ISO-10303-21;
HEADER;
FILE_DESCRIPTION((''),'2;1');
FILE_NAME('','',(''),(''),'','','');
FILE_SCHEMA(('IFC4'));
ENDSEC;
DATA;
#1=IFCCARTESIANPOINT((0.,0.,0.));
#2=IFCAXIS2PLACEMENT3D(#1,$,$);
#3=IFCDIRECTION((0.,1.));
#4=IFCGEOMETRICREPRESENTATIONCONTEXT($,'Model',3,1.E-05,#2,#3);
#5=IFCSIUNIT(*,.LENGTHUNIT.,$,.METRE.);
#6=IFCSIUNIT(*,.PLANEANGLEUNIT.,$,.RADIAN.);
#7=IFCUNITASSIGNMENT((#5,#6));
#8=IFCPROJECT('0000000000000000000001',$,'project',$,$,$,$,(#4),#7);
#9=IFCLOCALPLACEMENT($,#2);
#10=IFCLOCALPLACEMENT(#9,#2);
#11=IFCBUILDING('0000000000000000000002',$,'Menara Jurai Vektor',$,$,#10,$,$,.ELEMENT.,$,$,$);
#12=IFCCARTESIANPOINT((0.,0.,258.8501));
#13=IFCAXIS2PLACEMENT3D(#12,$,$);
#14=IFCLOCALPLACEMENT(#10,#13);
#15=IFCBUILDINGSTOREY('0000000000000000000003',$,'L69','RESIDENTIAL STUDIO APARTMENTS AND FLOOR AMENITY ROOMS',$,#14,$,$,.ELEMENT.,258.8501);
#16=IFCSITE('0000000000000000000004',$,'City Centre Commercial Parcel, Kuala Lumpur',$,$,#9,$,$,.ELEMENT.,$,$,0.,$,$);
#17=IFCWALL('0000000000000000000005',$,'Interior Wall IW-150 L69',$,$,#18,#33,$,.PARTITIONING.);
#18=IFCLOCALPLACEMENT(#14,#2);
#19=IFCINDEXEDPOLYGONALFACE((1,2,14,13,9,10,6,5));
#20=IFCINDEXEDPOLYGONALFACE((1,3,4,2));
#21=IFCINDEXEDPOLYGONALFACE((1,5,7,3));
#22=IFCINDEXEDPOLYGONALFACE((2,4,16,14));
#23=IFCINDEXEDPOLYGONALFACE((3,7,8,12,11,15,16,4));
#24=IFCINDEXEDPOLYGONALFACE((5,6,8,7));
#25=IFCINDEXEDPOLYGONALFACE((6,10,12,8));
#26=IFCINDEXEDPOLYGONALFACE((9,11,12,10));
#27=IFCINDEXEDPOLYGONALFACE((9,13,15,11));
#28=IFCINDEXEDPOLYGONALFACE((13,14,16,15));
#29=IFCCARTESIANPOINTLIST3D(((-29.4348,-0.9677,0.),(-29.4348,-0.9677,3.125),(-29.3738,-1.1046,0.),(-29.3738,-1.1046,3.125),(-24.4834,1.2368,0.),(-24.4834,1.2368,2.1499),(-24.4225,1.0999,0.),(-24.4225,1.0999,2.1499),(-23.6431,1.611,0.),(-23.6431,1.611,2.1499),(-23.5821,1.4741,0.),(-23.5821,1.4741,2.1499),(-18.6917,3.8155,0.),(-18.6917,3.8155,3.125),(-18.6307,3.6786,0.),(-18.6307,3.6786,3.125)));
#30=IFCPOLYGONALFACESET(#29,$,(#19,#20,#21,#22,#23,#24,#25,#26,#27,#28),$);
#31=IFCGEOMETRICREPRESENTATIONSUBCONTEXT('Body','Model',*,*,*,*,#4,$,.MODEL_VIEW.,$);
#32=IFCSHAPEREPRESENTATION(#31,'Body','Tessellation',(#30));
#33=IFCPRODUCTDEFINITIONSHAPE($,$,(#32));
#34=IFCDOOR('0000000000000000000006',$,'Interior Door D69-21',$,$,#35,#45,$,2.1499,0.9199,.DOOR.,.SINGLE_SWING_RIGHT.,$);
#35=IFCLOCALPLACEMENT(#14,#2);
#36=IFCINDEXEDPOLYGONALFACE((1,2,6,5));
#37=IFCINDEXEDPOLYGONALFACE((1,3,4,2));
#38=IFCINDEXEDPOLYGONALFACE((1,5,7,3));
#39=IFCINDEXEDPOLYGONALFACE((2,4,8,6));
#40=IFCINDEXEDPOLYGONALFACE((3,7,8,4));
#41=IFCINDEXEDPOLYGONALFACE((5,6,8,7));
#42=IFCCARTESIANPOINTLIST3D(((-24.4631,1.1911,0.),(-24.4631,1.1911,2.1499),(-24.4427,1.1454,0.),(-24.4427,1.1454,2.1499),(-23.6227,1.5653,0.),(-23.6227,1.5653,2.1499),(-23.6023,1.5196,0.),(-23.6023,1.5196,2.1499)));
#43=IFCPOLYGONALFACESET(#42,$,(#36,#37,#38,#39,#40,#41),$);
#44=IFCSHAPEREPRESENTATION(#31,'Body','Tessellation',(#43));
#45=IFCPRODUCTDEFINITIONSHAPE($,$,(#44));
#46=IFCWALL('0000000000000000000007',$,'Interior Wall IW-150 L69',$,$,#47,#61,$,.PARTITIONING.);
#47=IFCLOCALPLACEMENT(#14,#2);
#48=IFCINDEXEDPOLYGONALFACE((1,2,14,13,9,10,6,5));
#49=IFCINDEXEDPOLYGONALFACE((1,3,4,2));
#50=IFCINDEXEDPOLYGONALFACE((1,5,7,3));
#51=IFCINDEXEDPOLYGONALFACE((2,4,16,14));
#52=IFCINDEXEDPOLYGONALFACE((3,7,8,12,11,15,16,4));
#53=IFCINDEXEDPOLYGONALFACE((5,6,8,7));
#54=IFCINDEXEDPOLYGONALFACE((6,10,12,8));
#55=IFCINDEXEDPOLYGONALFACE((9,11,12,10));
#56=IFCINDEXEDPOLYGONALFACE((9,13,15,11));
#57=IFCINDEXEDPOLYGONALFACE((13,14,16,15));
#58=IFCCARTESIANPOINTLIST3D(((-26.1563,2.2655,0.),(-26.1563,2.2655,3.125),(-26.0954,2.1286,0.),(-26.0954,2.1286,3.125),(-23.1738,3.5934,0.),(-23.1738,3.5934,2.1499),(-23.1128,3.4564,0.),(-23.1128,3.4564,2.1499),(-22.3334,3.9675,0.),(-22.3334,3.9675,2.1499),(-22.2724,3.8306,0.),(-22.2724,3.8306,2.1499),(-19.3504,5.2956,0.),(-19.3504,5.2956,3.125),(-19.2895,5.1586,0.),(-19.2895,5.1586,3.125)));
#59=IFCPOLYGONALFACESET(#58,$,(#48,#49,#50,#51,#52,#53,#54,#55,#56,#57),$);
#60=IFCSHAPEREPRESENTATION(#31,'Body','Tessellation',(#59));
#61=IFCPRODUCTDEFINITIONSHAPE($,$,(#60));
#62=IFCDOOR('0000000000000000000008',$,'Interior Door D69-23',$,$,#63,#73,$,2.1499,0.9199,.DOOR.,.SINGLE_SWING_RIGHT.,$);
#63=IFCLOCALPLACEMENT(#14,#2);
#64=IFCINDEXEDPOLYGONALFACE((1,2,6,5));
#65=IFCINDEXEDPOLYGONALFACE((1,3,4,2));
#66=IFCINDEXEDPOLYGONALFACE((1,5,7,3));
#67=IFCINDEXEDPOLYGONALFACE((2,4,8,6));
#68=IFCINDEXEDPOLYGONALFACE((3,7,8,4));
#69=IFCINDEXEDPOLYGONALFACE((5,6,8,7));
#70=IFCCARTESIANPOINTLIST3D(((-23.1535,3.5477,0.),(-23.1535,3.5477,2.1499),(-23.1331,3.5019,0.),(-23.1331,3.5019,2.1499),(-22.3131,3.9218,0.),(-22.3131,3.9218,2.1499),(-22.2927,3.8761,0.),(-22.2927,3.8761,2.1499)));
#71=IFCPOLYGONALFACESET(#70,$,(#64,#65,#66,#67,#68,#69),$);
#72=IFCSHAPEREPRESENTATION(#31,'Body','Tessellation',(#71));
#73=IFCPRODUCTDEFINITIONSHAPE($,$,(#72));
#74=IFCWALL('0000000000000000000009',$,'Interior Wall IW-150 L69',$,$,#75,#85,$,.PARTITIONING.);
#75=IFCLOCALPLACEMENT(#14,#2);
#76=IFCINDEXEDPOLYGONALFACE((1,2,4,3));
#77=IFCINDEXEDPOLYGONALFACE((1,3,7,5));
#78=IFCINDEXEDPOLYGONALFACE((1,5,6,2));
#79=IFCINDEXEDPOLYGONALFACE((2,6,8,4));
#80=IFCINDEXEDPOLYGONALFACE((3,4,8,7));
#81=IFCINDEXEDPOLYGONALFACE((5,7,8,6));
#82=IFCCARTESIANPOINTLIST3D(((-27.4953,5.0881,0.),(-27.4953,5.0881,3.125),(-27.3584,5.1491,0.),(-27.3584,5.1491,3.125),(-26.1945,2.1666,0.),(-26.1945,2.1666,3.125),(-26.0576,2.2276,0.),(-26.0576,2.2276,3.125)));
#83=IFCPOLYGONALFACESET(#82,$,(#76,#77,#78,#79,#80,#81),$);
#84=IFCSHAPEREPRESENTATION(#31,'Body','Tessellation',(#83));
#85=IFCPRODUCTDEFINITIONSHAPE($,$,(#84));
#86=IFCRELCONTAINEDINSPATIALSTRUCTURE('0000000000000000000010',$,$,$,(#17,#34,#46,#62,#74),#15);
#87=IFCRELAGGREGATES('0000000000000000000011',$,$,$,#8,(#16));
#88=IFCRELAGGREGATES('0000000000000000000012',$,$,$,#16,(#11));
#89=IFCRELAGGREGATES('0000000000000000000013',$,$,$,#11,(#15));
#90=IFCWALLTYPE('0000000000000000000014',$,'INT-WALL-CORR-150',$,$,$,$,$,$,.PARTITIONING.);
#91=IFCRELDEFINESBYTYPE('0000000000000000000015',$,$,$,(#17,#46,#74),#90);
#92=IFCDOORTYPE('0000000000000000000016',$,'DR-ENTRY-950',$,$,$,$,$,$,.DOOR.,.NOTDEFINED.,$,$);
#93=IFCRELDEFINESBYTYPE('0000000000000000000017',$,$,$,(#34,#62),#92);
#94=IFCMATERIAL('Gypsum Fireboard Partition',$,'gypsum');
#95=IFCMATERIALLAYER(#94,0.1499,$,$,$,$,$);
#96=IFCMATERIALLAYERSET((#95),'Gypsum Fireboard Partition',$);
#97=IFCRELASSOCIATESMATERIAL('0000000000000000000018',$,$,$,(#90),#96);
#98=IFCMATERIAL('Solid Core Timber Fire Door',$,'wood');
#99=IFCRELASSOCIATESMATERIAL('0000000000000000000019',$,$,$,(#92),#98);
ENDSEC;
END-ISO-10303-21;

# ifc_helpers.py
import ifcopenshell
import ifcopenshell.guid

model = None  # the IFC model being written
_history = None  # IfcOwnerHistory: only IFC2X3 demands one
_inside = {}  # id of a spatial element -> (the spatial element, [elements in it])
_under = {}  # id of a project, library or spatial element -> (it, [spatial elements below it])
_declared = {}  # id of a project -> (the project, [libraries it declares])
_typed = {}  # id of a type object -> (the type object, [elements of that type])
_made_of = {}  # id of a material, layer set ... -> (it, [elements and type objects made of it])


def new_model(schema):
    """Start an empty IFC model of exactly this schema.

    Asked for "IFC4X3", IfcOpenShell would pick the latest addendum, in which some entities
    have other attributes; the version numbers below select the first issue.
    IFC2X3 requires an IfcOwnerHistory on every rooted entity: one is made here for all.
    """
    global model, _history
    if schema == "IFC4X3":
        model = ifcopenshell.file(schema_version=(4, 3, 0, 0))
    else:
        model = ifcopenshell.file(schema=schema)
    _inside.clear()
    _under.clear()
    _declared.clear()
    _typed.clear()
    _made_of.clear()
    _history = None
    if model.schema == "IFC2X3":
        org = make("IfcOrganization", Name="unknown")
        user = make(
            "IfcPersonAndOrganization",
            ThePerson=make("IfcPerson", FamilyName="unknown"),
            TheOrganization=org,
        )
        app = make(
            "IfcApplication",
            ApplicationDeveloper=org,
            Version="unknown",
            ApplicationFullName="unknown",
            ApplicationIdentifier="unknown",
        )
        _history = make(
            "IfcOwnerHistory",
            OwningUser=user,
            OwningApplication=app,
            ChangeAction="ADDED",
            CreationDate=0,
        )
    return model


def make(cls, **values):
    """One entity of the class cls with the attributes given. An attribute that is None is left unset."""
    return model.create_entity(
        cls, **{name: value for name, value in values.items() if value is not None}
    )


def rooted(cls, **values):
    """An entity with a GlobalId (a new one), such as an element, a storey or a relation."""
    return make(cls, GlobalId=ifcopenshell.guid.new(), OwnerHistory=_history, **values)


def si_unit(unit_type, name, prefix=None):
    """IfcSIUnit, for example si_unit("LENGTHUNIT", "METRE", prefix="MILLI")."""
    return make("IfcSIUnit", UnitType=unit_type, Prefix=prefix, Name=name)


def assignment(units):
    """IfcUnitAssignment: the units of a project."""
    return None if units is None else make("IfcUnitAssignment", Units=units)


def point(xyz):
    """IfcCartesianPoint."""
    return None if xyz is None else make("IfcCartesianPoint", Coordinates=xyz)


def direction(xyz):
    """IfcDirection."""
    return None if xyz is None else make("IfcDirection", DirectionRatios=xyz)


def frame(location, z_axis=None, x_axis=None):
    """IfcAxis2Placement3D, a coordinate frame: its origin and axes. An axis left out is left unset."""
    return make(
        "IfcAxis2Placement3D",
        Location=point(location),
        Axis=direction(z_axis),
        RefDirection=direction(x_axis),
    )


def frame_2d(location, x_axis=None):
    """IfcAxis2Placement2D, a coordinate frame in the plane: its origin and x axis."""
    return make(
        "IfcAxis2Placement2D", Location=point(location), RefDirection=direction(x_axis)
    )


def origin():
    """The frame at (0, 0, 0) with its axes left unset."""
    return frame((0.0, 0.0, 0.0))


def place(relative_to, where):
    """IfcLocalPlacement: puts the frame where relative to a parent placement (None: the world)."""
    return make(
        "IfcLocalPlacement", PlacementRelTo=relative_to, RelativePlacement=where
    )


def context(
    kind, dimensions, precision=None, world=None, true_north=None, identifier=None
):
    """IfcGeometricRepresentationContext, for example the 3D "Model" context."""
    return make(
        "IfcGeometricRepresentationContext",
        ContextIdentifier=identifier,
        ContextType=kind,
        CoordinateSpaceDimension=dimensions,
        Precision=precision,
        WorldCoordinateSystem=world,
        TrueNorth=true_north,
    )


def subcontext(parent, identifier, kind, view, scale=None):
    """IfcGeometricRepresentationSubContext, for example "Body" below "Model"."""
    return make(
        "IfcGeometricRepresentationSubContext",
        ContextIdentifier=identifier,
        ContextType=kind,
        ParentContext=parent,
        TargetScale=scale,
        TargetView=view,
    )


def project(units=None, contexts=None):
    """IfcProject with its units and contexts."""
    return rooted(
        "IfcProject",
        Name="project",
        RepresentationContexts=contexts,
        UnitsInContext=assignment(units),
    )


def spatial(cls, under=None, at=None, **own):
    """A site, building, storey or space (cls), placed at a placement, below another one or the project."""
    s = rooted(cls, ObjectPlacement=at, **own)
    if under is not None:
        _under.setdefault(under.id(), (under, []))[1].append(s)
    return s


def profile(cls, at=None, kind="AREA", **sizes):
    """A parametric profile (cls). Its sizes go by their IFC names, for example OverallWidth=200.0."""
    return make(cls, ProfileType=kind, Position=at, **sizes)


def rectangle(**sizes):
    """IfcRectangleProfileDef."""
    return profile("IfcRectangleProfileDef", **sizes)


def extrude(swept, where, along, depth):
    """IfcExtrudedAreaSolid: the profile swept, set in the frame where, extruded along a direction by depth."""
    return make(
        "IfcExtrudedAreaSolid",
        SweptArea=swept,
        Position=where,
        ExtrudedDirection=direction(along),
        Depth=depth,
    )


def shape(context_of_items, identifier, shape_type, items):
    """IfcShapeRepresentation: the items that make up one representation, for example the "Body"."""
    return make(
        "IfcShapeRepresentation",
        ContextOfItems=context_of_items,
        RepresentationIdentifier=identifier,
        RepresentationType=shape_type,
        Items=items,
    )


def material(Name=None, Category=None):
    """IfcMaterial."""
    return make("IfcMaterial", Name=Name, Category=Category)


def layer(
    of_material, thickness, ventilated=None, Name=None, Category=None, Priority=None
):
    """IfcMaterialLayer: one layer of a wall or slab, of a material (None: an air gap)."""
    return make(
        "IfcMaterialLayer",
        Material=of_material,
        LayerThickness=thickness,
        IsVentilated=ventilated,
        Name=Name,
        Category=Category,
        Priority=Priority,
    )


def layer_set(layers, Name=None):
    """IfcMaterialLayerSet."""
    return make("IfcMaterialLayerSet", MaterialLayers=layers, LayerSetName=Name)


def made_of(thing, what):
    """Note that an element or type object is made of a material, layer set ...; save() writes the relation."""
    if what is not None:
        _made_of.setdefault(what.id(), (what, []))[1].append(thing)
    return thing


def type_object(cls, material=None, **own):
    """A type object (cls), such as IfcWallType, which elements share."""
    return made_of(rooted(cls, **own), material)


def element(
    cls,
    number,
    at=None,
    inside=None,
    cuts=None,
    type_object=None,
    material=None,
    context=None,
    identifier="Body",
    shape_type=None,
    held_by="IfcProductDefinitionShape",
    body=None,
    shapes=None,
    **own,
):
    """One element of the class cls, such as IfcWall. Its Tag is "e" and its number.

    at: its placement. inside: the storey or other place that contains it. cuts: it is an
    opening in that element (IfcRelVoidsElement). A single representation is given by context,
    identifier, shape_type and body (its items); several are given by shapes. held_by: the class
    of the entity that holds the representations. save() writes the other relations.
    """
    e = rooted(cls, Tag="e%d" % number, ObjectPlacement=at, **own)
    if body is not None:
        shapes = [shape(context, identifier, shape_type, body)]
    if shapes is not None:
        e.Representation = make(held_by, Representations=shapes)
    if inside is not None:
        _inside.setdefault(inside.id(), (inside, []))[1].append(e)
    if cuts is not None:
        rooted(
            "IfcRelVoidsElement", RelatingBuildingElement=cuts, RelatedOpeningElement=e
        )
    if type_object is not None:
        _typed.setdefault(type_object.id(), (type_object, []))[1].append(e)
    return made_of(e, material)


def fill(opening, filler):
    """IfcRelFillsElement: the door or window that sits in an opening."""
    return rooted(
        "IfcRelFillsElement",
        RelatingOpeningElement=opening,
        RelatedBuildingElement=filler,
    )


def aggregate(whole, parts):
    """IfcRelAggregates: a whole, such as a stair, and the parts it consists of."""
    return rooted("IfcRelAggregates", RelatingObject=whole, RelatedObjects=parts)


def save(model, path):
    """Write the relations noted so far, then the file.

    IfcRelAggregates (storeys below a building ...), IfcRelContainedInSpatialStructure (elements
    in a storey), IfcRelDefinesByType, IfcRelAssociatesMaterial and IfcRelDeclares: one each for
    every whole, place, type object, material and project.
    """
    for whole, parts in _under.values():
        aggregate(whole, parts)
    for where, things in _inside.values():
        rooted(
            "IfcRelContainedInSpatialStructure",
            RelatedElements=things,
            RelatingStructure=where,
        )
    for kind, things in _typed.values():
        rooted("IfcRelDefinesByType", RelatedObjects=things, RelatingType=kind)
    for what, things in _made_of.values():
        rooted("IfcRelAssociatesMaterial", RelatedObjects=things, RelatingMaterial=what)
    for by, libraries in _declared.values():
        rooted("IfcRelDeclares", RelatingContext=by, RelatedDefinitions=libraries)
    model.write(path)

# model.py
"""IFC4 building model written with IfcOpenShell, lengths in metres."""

from ifc_helpers import new_model, si_unit, direction, frame, frame_2d, origin, place, context, subcontext, project, spatial, rectangle, extrude, material, layer, layer_set, type_object, element, fill, save


model = new_model("IFC4")

# Units and contexts
model_context = context("Model", 3, precision=1e-05, world=origin(), true_north=direction((0.0, 1.0)))
body_context = subcontext(model_context, "Body", "Model", "MODEL_VIEW")
ifc_project = project(units=[si_unit("LENGTHUNIT", "METRE"), si_unit("PLANEANGLEUNIT", "RADIAN")], contexts=[model_context])

# Site, building, storey
site_placement = place(None, origin())
site = spatial("IfcSite", under=ifc_project, at=site_placement, Name="City Centre Commercial Parcel, Kuala Lumpur", CompositionType="ELEMENT", RefElevation=0.0)
building_placement = place(site_placement, origin())
building = spatial("IfcBuilding", under=site, at=building_placement, Name="Menara Jurai Vektor", CompositionType="ELEMENT")
storey_placement = place(building_placement, frame((0.0, 0.0, 258.8501)))
storey = spatial("IfcBuildingStorey", under=building, at=storey_placement, Name="L69", Description="RESIDENTIAL STUDIO APARTMENTS AND FLOOR AMENITY ROOMS", CompositionType="ELEMENT", Elevation=258.8501)

# Walls, openings, doors
ifc_material_1 = material(Name="Gypsum Fireboard Partition", Category="gypsum")
ifc_layer_1 = layer(ifc_material_1, 0.1499)
ifc_layer_set_1 = layer_set([ifc_layer_1], Name="Gypsum Fireboard Partition")
wall_type = type_object("IfcWallType", Name="INT-WALL-CORR-150", PredefinedType="PARTITIONING", material=ifc_layer_set_1)
wall_1_placement = place(storey_placement, frame((-29.4043, -1.0361, 0.0), z_axis=(0.0, 0.0, 1.0), x_axis=(0.913544, 0.406739, 0.0)))
wall_1 = element("IfcWall", 1, at=wall_1_placement, inside=storey, type_object=wall_type, Name="Interior Wall IW-150 L69", PredefinedType="PARTITIONING", context=body_context, shape_type="SweptSolid", body=[
    extrude(rectangle(XDim=11.7598, YDim=0.1499, at=frame_2d((5.8799, 0.0))), origin(), (0.0, 0.0, 1.0), 3.125),
])
opening_1_placement = place(wall_1_placement, frame((5.4199, 0.0, 0.0)))
opening_1 = element("IfcOpeningElement", 2, at=opening_1_placement, cuts=wall_1, PredefinedType="OPENING", context=body_context, shape_type="SweptSolid", body=[
    extrude(rectangle(XDim=0.9199, YDim=2.1499, at=frame_2d((0.46, 1.075))), frame((0.0, 0.085, 0.0), z_axis=(0.0, -1.0, 0.0), x_axis=(1.0, 0.0, 0.0)), (0.0, 0.0, 1.0), 0.1699),
])
ifc_material_2 = material(Name="Solid Core Timber Fire Door", Category="wood")
door_type = type_object("IfcDoorType", Name="DR-ENTRY-950", OperationType="NOTDEFINED", PredefinedType="DOOR", material=ifc_material_2)
door_1_placement = place(opening_1_placement, origin())
door_1 = element("IfcDoor", 3, at=door_1_placement, inside=storey, type_object=door_type, Name="Interior Door D69-21", OperationType="SINGLE_SWING_RIGHT", OverallHeight=2.1499, OverallWidth=0.9199, PredefinedType="DOOR", context=body_context, shape_type="SweptSolid", body=[
    extrude(rectangle(XDim=0.9199, YDim=2.1499, at=frame_2d((0.46, 1.075))), frame((0.0, 0.0249, 0.0), z_axis=(0.0, -1.0, 0.0), x_axis=(1.0, 0.0, 0.0)), (0.0, 0.0, 1.0), 0.05),
])
fill(opening_1, door_1)
wall_2_placement = place(storey_placement, frame((-26.126, 2.197, 0.0), z_axis=(0.0, 0.0, 1.0), x_axis=(0.913553, 0.406719, 0.0)))
wall_2 = element("IfcWall", 4, at=wall_2_placement, inside=storey, type_object=wall_type, Name="Interior Wall IW-150 L69", PredefinedType="PARTITIONING", context=body_context, shape_type="SweptSolid", body=[
    extrude(rectangle(XDim=7.45, YDim=0.1499, at=frame_2d((3.7251, 0.0))), origin(), (0.0, 0.0, 1.0), 3.125),
])
opening_2_placement = place(wall_2_placement, frame((3.2649, 0.0, 0.0)))
opening_2 = element("IfcOpeningElement", 5, at=opening_2_placement, cuts=wall_2, PredefinedType="OPENING", context=body_context, shape_type="SweptSolid", body=[
    extrude(rectangle(XDim=0.9199, YDim=2.1499, at=frame_2d((0.46, 1.075))), frame((0.0, 0.085, 0.0), z_axis=(0.0, -1.0, 0.0), x_axis=(1.0, 0.0, 0.0)), (0.0, 0.0, 1.0), 0.1699),
])
door_2_placement = place(opening_2_placement, origin())
door_2 = element("IfcDoor", 6, at=door_2_placement, inside=storey, type_object=door_type, Name="Interior Door D69-23", OperationType="SINGLE_SWING_RIGHT", OverallHeight=2.1499, OverallWidth=0.9199, PredefinedType="DOOR", context=body_context, shape_type="SweptSolid", body=[
    extrude(rectangle(XDim=0.9199, YDim=2.1499, at=frame_2d((0.46, 1.075))), frame((0.0, 0.0249, 0.0), z_axis=(0.0, -1.0, 0.0), x_axis=(1.0, 0.0, 0.0)), (0.0, 0.0, 1.0), 0.05),
])
fill(opening_2, door_2)

# Wall
wall_3_placement = place(storey_placement, frame((-26.126, 2.197, 0.0), z_axis=(0.0, 0.0, 1.0), x_axis=(-0.406762, 0.913534, 0.0)))
element("IfcWall", 7, at=wall_3_placement, inside=storey, type_object=wall_type, Name="Interior Wall IW-150 L69", PredefinedType="PARTITIONING", context=body_context, shape_type="SweptSolid", body=[
    extrude(rectangle(XDim=3.198, YDim=0.1499, at=frame_2d((1.5991, 0.0))), origin(), (0.0, 0.0, 1.0), 3.125),
])

save(model, "model.ifc")
